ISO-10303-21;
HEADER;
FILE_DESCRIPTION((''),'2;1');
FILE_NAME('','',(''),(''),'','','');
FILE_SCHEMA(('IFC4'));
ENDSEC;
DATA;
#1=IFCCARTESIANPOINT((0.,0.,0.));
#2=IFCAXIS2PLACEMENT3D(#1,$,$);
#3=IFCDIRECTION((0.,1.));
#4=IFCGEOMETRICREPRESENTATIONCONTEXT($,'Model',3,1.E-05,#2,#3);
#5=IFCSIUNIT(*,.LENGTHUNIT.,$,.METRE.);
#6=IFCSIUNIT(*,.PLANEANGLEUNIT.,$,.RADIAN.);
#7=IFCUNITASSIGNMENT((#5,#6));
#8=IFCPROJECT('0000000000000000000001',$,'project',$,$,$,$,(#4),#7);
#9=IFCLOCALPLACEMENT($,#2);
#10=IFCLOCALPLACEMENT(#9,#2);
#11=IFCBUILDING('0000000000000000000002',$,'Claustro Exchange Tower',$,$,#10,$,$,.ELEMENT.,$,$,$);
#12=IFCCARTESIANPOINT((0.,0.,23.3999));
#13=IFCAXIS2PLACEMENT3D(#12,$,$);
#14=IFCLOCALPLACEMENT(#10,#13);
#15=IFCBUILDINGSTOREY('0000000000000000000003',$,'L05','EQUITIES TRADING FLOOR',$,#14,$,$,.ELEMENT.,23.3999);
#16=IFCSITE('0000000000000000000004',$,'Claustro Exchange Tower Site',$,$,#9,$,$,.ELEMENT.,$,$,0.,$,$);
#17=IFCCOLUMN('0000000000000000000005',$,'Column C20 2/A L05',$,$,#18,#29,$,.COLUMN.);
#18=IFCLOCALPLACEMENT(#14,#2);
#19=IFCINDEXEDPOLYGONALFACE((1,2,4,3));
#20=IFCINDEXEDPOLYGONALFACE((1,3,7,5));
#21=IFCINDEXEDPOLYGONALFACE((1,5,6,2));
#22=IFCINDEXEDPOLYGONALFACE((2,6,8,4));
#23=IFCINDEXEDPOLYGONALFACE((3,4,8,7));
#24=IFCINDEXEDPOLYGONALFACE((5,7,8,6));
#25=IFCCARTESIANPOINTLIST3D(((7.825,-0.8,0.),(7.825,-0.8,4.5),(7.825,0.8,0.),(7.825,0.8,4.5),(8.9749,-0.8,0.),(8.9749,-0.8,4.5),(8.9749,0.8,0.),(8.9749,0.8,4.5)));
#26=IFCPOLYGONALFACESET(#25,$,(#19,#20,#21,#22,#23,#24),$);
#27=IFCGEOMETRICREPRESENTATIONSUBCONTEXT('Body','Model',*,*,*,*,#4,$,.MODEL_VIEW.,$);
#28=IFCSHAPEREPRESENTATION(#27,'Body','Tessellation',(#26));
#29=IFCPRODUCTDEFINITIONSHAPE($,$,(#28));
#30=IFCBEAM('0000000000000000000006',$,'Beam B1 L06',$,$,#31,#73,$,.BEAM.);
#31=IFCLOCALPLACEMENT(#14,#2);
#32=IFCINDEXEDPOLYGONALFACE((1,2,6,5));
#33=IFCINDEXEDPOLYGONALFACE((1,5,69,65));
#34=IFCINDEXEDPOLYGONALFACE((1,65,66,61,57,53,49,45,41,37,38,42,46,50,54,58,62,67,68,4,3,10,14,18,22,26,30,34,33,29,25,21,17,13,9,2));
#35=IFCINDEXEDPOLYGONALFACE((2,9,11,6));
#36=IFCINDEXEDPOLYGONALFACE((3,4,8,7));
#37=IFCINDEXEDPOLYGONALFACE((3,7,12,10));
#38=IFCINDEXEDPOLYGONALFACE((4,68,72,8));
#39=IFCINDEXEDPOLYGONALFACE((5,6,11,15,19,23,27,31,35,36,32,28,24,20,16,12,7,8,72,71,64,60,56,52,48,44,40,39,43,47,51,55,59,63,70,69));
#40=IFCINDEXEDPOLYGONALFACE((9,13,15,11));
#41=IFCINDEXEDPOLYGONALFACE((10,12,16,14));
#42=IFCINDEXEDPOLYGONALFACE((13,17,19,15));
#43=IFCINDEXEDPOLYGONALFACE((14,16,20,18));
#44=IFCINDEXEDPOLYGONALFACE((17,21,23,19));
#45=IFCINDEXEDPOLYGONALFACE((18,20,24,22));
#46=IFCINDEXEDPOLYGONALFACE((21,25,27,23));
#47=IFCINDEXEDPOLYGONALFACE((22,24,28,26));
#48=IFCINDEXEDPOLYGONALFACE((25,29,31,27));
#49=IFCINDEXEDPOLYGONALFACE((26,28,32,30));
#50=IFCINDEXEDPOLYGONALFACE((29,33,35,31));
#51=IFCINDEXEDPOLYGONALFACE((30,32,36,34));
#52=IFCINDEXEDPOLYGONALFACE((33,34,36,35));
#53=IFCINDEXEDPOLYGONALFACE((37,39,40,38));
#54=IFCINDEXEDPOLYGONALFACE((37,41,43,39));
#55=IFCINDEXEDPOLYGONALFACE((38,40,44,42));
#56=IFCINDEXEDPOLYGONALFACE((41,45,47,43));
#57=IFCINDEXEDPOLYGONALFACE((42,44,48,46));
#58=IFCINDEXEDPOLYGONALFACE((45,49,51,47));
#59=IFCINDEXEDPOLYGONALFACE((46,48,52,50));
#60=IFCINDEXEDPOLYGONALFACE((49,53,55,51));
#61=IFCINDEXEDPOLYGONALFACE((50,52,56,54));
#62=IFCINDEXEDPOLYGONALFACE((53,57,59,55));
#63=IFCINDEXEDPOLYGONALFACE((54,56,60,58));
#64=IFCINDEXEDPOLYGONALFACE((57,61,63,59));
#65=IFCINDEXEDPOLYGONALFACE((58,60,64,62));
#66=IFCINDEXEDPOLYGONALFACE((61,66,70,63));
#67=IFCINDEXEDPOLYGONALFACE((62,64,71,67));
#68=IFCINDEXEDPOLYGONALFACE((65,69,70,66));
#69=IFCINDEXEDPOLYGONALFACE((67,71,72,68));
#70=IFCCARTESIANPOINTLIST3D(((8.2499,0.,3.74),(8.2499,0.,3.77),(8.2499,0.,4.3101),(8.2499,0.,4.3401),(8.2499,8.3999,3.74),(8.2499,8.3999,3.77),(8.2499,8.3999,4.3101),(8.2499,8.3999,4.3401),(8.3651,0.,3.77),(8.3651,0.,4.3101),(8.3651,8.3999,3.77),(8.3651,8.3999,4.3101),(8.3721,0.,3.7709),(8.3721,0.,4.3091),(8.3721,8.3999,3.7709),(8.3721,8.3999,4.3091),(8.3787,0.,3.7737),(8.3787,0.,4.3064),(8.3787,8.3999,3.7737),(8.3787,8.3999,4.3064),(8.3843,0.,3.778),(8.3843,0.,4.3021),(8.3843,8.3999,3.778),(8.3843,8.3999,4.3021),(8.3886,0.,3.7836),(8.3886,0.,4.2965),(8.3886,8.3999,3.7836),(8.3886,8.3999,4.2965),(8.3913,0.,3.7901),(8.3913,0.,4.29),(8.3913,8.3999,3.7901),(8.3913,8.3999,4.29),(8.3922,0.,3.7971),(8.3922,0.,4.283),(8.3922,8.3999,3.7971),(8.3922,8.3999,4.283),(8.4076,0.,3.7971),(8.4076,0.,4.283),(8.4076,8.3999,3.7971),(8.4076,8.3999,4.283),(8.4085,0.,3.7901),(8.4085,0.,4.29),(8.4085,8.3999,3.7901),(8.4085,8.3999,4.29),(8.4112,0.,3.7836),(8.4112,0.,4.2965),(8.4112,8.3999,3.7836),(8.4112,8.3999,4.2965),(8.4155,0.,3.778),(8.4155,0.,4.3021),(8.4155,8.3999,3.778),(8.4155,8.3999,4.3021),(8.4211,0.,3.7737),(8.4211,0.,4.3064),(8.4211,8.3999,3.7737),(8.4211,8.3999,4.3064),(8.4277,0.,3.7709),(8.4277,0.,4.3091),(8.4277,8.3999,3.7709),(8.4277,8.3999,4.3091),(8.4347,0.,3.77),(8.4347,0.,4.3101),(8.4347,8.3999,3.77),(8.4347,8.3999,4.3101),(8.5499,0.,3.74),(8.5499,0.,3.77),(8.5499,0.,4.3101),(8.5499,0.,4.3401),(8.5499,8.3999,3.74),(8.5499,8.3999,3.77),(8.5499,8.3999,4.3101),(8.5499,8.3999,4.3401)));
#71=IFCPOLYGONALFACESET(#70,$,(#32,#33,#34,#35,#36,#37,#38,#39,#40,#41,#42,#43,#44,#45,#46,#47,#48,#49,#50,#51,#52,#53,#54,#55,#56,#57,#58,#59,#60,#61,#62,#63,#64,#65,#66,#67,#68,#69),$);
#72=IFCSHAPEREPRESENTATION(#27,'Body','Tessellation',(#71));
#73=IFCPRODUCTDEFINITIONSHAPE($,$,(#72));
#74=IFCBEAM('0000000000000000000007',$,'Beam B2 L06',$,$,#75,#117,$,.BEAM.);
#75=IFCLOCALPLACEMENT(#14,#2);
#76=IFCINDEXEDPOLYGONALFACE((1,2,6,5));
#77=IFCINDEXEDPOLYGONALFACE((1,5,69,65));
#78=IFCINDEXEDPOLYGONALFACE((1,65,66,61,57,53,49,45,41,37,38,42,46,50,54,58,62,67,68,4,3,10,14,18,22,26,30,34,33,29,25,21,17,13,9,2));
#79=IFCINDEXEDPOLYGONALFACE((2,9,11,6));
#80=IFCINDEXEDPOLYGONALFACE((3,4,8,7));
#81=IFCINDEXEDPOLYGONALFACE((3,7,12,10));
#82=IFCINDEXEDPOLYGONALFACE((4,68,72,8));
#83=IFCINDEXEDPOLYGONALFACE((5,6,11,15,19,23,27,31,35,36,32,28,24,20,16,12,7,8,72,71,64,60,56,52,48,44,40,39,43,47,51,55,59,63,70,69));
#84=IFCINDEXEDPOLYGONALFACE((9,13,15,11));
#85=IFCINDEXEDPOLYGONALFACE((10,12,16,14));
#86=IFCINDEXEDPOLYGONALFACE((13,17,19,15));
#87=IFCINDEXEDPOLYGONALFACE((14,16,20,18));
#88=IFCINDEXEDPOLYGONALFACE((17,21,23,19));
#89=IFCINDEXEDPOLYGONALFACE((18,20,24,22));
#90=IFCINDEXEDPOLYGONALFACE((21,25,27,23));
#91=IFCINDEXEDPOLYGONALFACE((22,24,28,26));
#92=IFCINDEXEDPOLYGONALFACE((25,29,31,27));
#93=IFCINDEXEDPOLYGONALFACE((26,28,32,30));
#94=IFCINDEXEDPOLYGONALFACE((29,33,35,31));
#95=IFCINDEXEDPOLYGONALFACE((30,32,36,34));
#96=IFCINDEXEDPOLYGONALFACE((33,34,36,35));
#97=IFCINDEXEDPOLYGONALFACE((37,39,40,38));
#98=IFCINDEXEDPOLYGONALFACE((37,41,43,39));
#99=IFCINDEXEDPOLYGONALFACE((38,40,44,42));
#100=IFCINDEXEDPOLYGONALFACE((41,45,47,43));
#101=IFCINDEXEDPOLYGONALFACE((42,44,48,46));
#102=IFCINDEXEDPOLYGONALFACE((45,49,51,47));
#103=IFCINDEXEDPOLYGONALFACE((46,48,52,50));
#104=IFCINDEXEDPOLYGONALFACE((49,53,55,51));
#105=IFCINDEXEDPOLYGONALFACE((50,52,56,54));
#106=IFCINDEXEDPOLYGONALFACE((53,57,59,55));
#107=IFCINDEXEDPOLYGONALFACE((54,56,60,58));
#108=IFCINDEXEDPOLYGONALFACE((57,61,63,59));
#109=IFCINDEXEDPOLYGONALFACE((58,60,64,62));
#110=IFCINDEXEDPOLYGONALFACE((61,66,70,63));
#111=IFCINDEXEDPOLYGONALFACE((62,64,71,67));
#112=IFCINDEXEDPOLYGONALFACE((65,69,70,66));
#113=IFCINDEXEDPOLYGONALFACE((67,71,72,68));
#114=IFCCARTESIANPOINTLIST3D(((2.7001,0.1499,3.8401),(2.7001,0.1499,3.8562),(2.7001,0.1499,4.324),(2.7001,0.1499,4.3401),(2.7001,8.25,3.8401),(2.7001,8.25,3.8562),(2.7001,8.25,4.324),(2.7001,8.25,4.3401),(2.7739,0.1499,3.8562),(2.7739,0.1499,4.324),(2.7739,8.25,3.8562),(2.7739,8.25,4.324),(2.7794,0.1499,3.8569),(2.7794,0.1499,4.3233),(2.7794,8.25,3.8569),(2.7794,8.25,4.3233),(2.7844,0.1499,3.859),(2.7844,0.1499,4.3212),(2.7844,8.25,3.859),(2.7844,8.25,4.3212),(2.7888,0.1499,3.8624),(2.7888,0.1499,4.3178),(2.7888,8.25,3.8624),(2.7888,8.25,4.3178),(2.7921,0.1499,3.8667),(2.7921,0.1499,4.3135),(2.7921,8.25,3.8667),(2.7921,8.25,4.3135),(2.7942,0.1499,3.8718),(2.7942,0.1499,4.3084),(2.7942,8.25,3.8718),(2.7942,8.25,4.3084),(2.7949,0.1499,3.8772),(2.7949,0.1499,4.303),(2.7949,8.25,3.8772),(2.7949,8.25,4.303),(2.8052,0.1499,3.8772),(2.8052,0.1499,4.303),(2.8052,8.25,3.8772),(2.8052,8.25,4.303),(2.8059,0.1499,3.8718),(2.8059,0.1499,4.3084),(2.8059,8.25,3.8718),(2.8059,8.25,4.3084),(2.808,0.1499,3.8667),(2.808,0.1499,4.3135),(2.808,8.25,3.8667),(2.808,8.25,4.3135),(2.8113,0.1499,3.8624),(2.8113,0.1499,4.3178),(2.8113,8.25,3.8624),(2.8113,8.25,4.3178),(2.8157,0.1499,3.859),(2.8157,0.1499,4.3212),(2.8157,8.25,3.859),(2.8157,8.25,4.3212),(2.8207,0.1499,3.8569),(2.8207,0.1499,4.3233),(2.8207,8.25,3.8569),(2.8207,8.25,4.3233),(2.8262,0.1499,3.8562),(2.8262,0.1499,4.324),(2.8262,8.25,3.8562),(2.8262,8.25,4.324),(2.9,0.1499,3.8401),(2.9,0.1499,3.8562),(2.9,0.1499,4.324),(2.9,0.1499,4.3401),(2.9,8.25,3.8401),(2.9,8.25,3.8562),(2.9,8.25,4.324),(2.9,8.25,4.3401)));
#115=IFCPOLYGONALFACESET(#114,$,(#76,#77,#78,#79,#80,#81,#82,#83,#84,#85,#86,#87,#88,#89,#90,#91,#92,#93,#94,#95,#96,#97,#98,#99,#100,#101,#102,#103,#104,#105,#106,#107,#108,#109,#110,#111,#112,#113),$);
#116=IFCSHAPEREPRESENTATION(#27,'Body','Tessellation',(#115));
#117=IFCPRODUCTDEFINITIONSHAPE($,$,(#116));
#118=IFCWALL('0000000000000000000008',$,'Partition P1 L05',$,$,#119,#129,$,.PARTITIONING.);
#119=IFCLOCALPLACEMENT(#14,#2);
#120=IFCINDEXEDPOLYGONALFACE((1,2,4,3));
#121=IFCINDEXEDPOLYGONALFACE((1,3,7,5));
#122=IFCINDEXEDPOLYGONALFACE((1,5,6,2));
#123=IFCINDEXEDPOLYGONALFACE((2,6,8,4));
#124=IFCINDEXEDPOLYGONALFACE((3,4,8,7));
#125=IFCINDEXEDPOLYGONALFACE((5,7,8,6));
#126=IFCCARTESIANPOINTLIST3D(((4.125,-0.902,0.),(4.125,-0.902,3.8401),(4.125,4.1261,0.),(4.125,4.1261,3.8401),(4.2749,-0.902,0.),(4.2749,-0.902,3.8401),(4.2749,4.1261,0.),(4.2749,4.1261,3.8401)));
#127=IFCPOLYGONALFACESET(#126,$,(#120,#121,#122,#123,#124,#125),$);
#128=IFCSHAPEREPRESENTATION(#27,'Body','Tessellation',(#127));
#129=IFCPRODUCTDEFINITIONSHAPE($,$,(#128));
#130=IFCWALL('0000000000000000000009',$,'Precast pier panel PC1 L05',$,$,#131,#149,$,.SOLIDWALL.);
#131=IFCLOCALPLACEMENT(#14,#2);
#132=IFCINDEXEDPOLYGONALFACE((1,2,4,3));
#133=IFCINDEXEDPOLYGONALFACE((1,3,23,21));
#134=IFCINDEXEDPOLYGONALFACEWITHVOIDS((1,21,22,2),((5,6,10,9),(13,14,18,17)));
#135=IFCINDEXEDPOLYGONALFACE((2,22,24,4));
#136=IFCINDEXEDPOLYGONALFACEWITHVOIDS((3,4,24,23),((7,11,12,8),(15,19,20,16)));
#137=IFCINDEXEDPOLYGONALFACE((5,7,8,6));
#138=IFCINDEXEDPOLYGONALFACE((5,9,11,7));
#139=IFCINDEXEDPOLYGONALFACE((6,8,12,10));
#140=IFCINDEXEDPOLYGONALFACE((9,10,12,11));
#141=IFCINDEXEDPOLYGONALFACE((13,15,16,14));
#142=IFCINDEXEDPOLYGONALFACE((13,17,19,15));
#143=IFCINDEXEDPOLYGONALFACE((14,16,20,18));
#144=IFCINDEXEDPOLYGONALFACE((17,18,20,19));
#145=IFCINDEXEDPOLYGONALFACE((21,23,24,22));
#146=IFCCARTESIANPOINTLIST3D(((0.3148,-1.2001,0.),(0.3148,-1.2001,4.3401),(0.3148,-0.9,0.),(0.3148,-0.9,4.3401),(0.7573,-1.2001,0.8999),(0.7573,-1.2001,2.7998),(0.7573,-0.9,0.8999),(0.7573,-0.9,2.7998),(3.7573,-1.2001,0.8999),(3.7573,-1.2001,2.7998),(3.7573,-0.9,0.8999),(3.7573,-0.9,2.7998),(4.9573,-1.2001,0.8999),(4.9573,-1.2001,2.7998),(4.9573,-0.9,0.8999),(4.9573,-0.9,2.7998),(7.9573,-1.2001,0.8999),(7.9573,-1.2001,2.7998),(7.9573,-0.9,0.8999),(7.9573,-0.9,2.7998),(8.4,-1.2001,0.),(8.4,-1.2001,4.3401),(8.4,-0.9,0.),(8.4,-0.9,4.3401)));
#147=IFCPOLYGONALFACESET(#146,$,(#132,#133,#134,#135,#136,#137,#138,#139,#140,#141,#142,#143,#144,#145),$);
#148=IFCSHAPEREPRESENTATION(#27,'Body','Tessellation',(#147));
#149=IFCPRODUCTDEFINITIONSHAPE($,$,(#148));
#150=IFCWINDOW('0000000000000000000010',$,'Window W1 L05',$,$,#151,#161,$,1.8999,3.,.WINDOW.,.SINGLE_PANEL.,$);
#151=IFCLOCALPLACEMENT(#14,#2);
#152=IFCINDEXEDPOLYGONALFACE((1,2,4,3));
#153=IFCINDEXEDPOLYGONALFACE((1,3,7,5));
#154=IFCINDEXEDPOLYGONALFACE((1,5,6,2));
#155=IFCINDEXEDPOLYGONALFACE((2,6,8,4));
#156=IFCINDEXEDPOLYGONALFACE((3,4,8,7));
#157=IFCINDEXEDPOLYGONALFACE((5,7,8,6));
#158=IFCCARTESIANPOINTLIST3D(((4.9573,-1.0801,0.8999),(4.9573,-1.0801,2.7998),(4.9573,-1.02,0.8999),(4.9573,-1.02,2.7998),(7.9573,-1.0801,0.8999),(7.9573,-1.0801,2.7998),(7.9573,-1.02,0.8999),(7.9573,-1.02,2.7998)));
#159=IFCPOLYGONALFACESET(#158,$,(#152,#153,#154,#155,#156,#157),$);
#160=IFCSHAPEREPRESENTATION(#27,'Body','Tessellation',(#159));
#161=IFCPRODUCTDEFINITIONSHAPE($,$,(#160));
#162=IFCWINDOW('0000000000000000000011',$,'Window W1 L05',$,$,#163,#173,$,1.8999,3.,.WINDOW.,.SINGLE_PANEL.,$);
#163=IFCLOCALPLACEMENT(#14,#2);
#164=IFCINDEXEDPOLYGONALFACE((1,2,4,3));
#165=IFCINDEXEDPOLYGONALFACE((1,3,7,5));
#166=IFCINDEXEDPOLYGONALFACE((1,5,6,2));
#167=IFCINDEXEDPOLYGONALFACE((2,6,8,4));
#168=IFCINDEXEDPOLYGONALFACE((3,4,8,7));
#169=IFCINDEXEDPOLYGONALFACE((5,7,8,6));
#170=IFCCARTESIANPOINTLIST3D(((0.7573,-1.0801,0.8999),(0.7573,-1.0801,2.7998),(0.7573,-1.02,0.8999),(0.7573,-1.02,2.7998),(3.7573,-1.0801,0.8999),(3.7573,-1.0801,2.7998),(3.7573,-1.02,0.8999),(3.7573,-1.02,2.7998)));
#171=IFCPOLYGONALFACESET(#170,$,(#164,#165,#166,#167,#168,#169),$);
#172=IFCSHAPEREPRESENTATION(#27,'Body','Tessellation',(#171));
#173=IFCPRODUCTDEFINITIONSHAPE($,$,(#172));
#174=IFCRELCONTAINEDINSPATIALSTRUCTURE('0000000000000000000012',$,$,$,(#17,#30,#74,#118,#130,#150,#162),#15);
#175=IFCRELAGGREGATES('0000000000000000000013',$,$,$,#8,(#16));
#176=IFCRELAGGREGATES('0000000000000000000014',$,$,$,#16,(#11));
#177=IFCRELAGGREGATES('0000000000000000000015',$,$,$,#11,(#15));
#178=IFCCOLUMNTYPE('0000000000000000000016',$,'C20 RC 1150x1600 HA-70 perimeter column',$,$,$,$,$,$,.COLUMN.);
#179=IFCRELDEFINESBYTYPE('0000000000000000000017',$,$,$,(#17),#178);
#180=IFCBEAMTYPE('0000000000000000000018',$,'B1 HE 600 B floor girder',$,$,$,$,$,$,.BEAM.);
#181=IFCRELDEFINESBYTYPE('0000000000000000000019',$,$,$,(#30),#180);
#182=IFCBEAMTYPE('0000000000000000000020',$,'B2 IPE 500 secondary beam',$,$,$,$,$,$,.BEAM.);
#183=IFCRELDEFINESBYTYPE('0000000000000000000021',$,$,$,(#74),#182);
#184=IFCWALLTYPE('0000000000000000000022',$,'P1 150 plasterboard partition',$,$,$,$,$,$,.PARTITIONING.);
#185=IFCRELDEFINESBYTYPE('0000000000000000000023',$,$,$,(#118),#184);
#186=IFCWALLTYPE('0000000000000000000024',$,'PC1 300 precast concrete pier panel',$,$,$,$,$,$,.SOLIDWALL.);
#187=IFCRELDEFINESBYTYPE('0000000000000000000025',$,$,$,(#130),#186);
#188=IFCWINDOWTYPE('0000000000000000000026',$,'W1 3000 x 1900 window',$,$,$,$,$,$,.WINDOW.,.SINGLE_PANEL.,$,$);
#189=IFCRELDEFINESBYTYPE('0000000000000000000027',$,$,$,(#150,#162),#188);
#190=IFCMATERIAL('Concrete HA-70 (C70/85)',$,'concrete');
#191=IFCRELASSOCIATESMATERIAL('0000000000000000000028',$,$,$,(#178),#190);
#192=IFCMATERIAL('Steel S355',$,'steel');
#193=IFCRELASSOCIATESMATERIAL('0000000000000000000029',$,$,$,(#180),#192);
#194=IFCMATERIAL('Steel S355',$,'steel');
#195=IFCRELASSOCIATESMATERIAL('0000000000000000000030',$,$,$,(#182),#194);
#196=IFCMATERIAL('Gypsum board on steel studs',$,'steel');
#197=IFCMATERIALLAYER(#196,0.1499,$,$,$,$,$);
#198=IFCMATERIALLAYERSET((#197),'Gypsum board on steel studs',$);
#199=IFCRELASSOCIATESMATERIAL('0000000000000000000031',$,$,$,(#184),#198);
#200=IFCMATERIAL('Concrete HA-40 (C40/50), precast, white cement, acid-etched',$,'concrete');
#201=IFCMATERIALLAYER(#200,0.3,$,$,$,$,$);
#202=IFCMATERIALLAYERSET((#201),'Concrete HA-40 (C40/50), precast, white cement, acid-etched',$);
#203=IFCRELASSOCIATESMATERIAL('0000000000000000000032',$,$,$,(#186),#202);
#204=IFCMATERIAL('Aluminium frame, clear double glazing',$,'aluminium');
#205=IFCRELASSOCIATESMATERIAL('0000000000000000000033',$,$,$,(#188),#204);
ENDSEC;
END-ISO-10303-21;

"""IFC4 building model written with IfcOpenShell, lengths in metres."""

from ifc_helpers import new_model, si_unit, direction, frame, frame_2d, origin, origin_2d, place, context, subcontext, project, spatial, rectangle, i_section, extrude, material, layer, layer_set, material_profile, profile_set, type_object, element, fill, save


model = new_model("IFC4")

# Units and contexts
model_context = context("Model", 3, precision=1e-05, world=origin(), true_north=direction((0.0, 1.0)))
body_context = subcontext(model_context, "Body", "Model", "MODEL_VIEW")
ifc_project = project(units=[si_unit("LENGTHUNIT", "METRE"), si_unit("PLANEANGLEUNIT", "RADIAN")], contexts=[model_context])

# Site, building, storey
site_placement = place(None, origin())
site = spatial("IfcSite", under=ifc_project, at=site_placement, Name="Claustro Exchange Tower Site", CompositionType="ELEMENT", RefElevation=0.0)
building_placement = place(site_placement, origin())
building = spatial("IfcBuilding", under=site, at=building_placement, Name="Claustro Exchange Tower", CompositionType="ELEMENT")
storey_placement = place(building_placement, frame((0.0, 0.0, 23.3999)))
storey = spatial("IfcBuildingStorey", under=building, at=storey_placement, Name="L05", Description="EQUITIES TRADING FLOOR", CompositionType="ELEMENT", Elevation=23.3999)

# Column
ifc_material_1 = material(Name="Concrete HA-70 (C70/85)", Category="concrete")
ifc_material_profile_1 = material_profile(ifc_material_1, rectangle(XDim=1.1499, YDim=1.6001, at=origin_2d()), Name="RC 1150x1600")
ifc_profile_set_1 = profile_set([ifc_material_profile_1], Name="Concrete HA-70 (C70/85)")
column_type = type_object("IfcColumnType", Name="C20 RC 1150x1600 HA-70 perimeter column", PredefinedType="COLUMN", material=ifc_profile_set_1)
column_placement = place(storey_placement, frame((8.3999, 0.0, 0.0), z_axis=(0.0, 0.0, 1.0), x_axis=(1.0, 0.0, 0.0)))
element("IfcColumn", 1, at=column_placement, inside=storey, type_object=column_type, Name="Column C20 2/A L05", PredefinedType="COLUMN", context=body_context, shape_type="SweptSolid", body=[
    extrude(rectangle(XDim=1.1499, YDim=1.6001, at=origin_2d()), origin(), (0.0, 0.0, 1.0), 4.5),
])

# Beams
ifc_material_2 = material(Name="Steel S355", Category="steel")
ifc_material_profile_2 = material_profile(ifc_material_2, i_section(OverallWidth=0.3, OverallDepth=0.6001, WebThickness=0.0154, FlangeThickness=0.03, FilletRadius=0.0271, at=origin_2d()), Name="HE 600 B")
ifc_profile_set_2 = profile_set([ifc_material_profile_2], Name="Steel S355")
beam_type_1 = type_object("IfcBeamType", Name="B1 HE 600 B floor girder", PredefinedType="BEAM", material=ifc_profile_set_2)
beam_1_placement = place(storey_placement, frame((8.3999, 0.0, 4.04), z_axis=(0.0, 1.0, 0.0), x_axis=(-1.0, 0.0, 0.0)))
element("IfcBeam", 2, at=beam_1_placement, inside=storey, type_object=beam_type_1, Name="Beam B1 L06", PredefinedType="BEAM", context=body_context, shape_type="SweptSolid", body=[
    extrude(i_section(OverallWidth=0.3, OverallDepth=0.6001, WebThickness=0.0154, FlangeThickness=0.03, FilletRadius=0.0271, at=origin_2d()), origin(), (0.0, 0.0, 1.0), 8.3999),
])
ifc_material_3 = material(Name="Steel S355", Category="steel")
ifc_material_profile_3 = material_profile(ifc_material_3, i_section(OverallWidth=0.2, OverallDepth=0.5, WebThickness=0.0103, FlangeThickness=0.0161, FilletRadius=0.021, at=origin_2d()), Name="IPE 500")
ifc_profile_set_3 = profile_set([ifc_material_profile_3], Name="Steel S355")
beam_type_2 = type_object("IfcBeamType", Name="B2 IPE 500 secondary beam", PredefinedType="BEAM", material=ifc_profile_set_3)
beam_2_placement = place(storey_placement, frame((2.8, 0.1499, 4.0901), z_axis=(0.0, 1.0, 0.0), x_axis=(-1.0, 0.0, 0.0)))
element("IfcBeam", 3, at=beam_2_placement, inside=storey, type_object=beam_type_2, Name="Beam B2 L06", PredefinedType="BEAM", context=body_context, shape_type="SweptSolid", body=[
    extrude(i_section(OverallWidth=0.2, OverallDepth=0.5, WebThickness=0.0103, FlangeThickness=0.0161, FilletRadius=0.021, at=origin_2d()), origin(), (0.0, 0.0, 1.0), 8.1001),
])

# Wall
ifc_material_4 = material(Name="Gypsum board on steel studs", Category="steel")
ifc_layer_1 = layer(ifc_material_4, 0.1499)
ifc_layer_set_1 = layer_set([ifc_layer_1], Name="Gypsum board on steel studs")
wall_type_1 = type_object("IfcWallType", Name="P1 150 plasterboard partition", PredefinedType="PARTITIONING", material=ifc_layer_set_1)
wall_1_placement = place(storey_placement, frame((4.2, -0.9021, 0.0), z_axis=(0.0, 0.0, 1.0), x_axis=(0.0, 1.0, 0.0)))
element("IfcWall", 4, at=wall_1_placement, inside=storey, type_object=wall_type_1, Name="Partition P1 L05", PredefinedType="PARTITIONING", context=body_context, shape_type="SweptSolid", body=[
    extrude(rectangle(XDim=5.0281, YDim=0.1499, at=frame_2d((2.5142, 0.0))), origin(), (0.0, 0.0, 1.0), 3.8401),
])

# Wall, openings, windows
ifc_material_5 = material(Name="Concrete HA-40 (C40/50), precast, white cement, acid-etched", Category="concrete")
ifc_layer_2 = layer(ifc_material_5, 0.3)
ifc_layer_set_2 = layer_set([ifc_layer_2], Name="Concrete HA-40 (C40/50), precast, white cement, acid-etched")
wall_type_2 = type_object("IfcWallType", Name="PC1 300 precast concrete pier panel", PredefinedType="SOLIDWALL", material=ifc_layer_set_2)
wall_2_placement = place(storey_placement, frame((8.3999, -1.05, 0.0), z_axis=(0.0, 0.0, 1.0), x_axis=(-1.0, 0.0, 0.0)))
wall_2 = element("IfcWall", 5, at=wall_2_placement, inside=storey, type_object=wall_type_2, Name="Precast pier panel PC1 L05", PredefinedType="SOLIDWALL", context=body_context, shape_type="SweptSolid", body=[
    extrude(rectangle(XDim=8.0852, YDim=0.3, at=frame_2d((4.0425, 0.0))), origin(), (0.0, 0.0, 1.0), 4.3401),
])
opening_1_placement = place(wall_2_placement, frame((0.4426, 0.0, 0.8999)))
opening_1 = element("IfcOpeningElement", 6, at=opening_1_placement, cuts=wall_2, PredefinedType="OPENING", context=body_context, shape_type="SweptSolid", body=[
    extrude(rectangle(XDim=3.0, YDim=1.8999, at=frame_2d((1.5, 0.95))), frame((0.0, 0.1599, 0.0), z_axis=(0.0, -1.0, 0.0), x_axis=(1.0, 0.0, 0.0)), (0.0, 0.0, 1.0), 0.3201),
])
opening_2_placement = place(wall_2_placement, frame((4.6426, 0.0, 0.8999)))
opening_2 = element("IfcOpeningElement", 7, at=opening_2_placement, cuts=wall_2, PredefinedType="OPENING", context=body_context, shape_type="SweptSolid", body=[
    extrude(rectangle(XDim=3.0, YDim=1.8999, at=frame_2d((1.5, 0.95))), frame((0.0, 0.1599, 0.0), z_axis=(0.0, -1.0, 0.0), x_axis=(1.0, 0.0, 0.0)), (0.0, 0.0, 1.0), 0.3201),
])
ifc_material_6 = material(Name="Aluminium frame, clear double glazing", Category="aluminium")
window_type = type_object("IfcWindowType", Name="W1 3000 x 1900 window", PartitioningType="SINGLE_PANEL", PredefinedType="WINDOW", material=ifc_material_6)
window_1_placement = place(opening_1_placement, origin())
window_1 = element("IfcWindow", 8, at=window_1_placement, inside=storey, type_object=window_type, Name="Window W1 L05", OverallHeight=1.8999, OverallWidth=3.0, PartitioningType="SINGLE_PANEL", PredefinedType="WINDOW", context=body_context, shape_type="SweptSolid", body=[
    extrude(rectangle(XDim=3.0, YDim=1.8999, at=frame_2d((1.5, 0.95))), frame((0.0, 0.03, 0.0), z_axis=(0.0, -1.0, 0.0), x_axis=(1.0, 0.0, 0.0)), (0.0, 0.0, 1.0), 0.0601),
])
fill(opening_1, window_1)
window_2_placement = place(opening_2_placement, origin())
window_2 = element("IfcWindow", 9, at=window_2_placement, inside=storey, type_object=window_type, Name="Window W1 L05", OverallHeight=1.8999, OverallWidth=3.0, PartitioningType="SINGLE_PANEL", PredefinedType="WINDOW", context=body_context, shape_type="SweptSolid", body=[
    extrude(rectangle(XDim=3.0, YDim=1.8999, at=frame_2d((1.5, 0.95))), frame((0.0, 0.03, 0.0), z_axis=(0.0, -1.0, 0.0), x_axis=(1.0, 0.0, 0.0)), (0.0, 0.0, 1.0), 0.0601),
])
fill(opening_2, window_2)

save(model, "model.ifc")
